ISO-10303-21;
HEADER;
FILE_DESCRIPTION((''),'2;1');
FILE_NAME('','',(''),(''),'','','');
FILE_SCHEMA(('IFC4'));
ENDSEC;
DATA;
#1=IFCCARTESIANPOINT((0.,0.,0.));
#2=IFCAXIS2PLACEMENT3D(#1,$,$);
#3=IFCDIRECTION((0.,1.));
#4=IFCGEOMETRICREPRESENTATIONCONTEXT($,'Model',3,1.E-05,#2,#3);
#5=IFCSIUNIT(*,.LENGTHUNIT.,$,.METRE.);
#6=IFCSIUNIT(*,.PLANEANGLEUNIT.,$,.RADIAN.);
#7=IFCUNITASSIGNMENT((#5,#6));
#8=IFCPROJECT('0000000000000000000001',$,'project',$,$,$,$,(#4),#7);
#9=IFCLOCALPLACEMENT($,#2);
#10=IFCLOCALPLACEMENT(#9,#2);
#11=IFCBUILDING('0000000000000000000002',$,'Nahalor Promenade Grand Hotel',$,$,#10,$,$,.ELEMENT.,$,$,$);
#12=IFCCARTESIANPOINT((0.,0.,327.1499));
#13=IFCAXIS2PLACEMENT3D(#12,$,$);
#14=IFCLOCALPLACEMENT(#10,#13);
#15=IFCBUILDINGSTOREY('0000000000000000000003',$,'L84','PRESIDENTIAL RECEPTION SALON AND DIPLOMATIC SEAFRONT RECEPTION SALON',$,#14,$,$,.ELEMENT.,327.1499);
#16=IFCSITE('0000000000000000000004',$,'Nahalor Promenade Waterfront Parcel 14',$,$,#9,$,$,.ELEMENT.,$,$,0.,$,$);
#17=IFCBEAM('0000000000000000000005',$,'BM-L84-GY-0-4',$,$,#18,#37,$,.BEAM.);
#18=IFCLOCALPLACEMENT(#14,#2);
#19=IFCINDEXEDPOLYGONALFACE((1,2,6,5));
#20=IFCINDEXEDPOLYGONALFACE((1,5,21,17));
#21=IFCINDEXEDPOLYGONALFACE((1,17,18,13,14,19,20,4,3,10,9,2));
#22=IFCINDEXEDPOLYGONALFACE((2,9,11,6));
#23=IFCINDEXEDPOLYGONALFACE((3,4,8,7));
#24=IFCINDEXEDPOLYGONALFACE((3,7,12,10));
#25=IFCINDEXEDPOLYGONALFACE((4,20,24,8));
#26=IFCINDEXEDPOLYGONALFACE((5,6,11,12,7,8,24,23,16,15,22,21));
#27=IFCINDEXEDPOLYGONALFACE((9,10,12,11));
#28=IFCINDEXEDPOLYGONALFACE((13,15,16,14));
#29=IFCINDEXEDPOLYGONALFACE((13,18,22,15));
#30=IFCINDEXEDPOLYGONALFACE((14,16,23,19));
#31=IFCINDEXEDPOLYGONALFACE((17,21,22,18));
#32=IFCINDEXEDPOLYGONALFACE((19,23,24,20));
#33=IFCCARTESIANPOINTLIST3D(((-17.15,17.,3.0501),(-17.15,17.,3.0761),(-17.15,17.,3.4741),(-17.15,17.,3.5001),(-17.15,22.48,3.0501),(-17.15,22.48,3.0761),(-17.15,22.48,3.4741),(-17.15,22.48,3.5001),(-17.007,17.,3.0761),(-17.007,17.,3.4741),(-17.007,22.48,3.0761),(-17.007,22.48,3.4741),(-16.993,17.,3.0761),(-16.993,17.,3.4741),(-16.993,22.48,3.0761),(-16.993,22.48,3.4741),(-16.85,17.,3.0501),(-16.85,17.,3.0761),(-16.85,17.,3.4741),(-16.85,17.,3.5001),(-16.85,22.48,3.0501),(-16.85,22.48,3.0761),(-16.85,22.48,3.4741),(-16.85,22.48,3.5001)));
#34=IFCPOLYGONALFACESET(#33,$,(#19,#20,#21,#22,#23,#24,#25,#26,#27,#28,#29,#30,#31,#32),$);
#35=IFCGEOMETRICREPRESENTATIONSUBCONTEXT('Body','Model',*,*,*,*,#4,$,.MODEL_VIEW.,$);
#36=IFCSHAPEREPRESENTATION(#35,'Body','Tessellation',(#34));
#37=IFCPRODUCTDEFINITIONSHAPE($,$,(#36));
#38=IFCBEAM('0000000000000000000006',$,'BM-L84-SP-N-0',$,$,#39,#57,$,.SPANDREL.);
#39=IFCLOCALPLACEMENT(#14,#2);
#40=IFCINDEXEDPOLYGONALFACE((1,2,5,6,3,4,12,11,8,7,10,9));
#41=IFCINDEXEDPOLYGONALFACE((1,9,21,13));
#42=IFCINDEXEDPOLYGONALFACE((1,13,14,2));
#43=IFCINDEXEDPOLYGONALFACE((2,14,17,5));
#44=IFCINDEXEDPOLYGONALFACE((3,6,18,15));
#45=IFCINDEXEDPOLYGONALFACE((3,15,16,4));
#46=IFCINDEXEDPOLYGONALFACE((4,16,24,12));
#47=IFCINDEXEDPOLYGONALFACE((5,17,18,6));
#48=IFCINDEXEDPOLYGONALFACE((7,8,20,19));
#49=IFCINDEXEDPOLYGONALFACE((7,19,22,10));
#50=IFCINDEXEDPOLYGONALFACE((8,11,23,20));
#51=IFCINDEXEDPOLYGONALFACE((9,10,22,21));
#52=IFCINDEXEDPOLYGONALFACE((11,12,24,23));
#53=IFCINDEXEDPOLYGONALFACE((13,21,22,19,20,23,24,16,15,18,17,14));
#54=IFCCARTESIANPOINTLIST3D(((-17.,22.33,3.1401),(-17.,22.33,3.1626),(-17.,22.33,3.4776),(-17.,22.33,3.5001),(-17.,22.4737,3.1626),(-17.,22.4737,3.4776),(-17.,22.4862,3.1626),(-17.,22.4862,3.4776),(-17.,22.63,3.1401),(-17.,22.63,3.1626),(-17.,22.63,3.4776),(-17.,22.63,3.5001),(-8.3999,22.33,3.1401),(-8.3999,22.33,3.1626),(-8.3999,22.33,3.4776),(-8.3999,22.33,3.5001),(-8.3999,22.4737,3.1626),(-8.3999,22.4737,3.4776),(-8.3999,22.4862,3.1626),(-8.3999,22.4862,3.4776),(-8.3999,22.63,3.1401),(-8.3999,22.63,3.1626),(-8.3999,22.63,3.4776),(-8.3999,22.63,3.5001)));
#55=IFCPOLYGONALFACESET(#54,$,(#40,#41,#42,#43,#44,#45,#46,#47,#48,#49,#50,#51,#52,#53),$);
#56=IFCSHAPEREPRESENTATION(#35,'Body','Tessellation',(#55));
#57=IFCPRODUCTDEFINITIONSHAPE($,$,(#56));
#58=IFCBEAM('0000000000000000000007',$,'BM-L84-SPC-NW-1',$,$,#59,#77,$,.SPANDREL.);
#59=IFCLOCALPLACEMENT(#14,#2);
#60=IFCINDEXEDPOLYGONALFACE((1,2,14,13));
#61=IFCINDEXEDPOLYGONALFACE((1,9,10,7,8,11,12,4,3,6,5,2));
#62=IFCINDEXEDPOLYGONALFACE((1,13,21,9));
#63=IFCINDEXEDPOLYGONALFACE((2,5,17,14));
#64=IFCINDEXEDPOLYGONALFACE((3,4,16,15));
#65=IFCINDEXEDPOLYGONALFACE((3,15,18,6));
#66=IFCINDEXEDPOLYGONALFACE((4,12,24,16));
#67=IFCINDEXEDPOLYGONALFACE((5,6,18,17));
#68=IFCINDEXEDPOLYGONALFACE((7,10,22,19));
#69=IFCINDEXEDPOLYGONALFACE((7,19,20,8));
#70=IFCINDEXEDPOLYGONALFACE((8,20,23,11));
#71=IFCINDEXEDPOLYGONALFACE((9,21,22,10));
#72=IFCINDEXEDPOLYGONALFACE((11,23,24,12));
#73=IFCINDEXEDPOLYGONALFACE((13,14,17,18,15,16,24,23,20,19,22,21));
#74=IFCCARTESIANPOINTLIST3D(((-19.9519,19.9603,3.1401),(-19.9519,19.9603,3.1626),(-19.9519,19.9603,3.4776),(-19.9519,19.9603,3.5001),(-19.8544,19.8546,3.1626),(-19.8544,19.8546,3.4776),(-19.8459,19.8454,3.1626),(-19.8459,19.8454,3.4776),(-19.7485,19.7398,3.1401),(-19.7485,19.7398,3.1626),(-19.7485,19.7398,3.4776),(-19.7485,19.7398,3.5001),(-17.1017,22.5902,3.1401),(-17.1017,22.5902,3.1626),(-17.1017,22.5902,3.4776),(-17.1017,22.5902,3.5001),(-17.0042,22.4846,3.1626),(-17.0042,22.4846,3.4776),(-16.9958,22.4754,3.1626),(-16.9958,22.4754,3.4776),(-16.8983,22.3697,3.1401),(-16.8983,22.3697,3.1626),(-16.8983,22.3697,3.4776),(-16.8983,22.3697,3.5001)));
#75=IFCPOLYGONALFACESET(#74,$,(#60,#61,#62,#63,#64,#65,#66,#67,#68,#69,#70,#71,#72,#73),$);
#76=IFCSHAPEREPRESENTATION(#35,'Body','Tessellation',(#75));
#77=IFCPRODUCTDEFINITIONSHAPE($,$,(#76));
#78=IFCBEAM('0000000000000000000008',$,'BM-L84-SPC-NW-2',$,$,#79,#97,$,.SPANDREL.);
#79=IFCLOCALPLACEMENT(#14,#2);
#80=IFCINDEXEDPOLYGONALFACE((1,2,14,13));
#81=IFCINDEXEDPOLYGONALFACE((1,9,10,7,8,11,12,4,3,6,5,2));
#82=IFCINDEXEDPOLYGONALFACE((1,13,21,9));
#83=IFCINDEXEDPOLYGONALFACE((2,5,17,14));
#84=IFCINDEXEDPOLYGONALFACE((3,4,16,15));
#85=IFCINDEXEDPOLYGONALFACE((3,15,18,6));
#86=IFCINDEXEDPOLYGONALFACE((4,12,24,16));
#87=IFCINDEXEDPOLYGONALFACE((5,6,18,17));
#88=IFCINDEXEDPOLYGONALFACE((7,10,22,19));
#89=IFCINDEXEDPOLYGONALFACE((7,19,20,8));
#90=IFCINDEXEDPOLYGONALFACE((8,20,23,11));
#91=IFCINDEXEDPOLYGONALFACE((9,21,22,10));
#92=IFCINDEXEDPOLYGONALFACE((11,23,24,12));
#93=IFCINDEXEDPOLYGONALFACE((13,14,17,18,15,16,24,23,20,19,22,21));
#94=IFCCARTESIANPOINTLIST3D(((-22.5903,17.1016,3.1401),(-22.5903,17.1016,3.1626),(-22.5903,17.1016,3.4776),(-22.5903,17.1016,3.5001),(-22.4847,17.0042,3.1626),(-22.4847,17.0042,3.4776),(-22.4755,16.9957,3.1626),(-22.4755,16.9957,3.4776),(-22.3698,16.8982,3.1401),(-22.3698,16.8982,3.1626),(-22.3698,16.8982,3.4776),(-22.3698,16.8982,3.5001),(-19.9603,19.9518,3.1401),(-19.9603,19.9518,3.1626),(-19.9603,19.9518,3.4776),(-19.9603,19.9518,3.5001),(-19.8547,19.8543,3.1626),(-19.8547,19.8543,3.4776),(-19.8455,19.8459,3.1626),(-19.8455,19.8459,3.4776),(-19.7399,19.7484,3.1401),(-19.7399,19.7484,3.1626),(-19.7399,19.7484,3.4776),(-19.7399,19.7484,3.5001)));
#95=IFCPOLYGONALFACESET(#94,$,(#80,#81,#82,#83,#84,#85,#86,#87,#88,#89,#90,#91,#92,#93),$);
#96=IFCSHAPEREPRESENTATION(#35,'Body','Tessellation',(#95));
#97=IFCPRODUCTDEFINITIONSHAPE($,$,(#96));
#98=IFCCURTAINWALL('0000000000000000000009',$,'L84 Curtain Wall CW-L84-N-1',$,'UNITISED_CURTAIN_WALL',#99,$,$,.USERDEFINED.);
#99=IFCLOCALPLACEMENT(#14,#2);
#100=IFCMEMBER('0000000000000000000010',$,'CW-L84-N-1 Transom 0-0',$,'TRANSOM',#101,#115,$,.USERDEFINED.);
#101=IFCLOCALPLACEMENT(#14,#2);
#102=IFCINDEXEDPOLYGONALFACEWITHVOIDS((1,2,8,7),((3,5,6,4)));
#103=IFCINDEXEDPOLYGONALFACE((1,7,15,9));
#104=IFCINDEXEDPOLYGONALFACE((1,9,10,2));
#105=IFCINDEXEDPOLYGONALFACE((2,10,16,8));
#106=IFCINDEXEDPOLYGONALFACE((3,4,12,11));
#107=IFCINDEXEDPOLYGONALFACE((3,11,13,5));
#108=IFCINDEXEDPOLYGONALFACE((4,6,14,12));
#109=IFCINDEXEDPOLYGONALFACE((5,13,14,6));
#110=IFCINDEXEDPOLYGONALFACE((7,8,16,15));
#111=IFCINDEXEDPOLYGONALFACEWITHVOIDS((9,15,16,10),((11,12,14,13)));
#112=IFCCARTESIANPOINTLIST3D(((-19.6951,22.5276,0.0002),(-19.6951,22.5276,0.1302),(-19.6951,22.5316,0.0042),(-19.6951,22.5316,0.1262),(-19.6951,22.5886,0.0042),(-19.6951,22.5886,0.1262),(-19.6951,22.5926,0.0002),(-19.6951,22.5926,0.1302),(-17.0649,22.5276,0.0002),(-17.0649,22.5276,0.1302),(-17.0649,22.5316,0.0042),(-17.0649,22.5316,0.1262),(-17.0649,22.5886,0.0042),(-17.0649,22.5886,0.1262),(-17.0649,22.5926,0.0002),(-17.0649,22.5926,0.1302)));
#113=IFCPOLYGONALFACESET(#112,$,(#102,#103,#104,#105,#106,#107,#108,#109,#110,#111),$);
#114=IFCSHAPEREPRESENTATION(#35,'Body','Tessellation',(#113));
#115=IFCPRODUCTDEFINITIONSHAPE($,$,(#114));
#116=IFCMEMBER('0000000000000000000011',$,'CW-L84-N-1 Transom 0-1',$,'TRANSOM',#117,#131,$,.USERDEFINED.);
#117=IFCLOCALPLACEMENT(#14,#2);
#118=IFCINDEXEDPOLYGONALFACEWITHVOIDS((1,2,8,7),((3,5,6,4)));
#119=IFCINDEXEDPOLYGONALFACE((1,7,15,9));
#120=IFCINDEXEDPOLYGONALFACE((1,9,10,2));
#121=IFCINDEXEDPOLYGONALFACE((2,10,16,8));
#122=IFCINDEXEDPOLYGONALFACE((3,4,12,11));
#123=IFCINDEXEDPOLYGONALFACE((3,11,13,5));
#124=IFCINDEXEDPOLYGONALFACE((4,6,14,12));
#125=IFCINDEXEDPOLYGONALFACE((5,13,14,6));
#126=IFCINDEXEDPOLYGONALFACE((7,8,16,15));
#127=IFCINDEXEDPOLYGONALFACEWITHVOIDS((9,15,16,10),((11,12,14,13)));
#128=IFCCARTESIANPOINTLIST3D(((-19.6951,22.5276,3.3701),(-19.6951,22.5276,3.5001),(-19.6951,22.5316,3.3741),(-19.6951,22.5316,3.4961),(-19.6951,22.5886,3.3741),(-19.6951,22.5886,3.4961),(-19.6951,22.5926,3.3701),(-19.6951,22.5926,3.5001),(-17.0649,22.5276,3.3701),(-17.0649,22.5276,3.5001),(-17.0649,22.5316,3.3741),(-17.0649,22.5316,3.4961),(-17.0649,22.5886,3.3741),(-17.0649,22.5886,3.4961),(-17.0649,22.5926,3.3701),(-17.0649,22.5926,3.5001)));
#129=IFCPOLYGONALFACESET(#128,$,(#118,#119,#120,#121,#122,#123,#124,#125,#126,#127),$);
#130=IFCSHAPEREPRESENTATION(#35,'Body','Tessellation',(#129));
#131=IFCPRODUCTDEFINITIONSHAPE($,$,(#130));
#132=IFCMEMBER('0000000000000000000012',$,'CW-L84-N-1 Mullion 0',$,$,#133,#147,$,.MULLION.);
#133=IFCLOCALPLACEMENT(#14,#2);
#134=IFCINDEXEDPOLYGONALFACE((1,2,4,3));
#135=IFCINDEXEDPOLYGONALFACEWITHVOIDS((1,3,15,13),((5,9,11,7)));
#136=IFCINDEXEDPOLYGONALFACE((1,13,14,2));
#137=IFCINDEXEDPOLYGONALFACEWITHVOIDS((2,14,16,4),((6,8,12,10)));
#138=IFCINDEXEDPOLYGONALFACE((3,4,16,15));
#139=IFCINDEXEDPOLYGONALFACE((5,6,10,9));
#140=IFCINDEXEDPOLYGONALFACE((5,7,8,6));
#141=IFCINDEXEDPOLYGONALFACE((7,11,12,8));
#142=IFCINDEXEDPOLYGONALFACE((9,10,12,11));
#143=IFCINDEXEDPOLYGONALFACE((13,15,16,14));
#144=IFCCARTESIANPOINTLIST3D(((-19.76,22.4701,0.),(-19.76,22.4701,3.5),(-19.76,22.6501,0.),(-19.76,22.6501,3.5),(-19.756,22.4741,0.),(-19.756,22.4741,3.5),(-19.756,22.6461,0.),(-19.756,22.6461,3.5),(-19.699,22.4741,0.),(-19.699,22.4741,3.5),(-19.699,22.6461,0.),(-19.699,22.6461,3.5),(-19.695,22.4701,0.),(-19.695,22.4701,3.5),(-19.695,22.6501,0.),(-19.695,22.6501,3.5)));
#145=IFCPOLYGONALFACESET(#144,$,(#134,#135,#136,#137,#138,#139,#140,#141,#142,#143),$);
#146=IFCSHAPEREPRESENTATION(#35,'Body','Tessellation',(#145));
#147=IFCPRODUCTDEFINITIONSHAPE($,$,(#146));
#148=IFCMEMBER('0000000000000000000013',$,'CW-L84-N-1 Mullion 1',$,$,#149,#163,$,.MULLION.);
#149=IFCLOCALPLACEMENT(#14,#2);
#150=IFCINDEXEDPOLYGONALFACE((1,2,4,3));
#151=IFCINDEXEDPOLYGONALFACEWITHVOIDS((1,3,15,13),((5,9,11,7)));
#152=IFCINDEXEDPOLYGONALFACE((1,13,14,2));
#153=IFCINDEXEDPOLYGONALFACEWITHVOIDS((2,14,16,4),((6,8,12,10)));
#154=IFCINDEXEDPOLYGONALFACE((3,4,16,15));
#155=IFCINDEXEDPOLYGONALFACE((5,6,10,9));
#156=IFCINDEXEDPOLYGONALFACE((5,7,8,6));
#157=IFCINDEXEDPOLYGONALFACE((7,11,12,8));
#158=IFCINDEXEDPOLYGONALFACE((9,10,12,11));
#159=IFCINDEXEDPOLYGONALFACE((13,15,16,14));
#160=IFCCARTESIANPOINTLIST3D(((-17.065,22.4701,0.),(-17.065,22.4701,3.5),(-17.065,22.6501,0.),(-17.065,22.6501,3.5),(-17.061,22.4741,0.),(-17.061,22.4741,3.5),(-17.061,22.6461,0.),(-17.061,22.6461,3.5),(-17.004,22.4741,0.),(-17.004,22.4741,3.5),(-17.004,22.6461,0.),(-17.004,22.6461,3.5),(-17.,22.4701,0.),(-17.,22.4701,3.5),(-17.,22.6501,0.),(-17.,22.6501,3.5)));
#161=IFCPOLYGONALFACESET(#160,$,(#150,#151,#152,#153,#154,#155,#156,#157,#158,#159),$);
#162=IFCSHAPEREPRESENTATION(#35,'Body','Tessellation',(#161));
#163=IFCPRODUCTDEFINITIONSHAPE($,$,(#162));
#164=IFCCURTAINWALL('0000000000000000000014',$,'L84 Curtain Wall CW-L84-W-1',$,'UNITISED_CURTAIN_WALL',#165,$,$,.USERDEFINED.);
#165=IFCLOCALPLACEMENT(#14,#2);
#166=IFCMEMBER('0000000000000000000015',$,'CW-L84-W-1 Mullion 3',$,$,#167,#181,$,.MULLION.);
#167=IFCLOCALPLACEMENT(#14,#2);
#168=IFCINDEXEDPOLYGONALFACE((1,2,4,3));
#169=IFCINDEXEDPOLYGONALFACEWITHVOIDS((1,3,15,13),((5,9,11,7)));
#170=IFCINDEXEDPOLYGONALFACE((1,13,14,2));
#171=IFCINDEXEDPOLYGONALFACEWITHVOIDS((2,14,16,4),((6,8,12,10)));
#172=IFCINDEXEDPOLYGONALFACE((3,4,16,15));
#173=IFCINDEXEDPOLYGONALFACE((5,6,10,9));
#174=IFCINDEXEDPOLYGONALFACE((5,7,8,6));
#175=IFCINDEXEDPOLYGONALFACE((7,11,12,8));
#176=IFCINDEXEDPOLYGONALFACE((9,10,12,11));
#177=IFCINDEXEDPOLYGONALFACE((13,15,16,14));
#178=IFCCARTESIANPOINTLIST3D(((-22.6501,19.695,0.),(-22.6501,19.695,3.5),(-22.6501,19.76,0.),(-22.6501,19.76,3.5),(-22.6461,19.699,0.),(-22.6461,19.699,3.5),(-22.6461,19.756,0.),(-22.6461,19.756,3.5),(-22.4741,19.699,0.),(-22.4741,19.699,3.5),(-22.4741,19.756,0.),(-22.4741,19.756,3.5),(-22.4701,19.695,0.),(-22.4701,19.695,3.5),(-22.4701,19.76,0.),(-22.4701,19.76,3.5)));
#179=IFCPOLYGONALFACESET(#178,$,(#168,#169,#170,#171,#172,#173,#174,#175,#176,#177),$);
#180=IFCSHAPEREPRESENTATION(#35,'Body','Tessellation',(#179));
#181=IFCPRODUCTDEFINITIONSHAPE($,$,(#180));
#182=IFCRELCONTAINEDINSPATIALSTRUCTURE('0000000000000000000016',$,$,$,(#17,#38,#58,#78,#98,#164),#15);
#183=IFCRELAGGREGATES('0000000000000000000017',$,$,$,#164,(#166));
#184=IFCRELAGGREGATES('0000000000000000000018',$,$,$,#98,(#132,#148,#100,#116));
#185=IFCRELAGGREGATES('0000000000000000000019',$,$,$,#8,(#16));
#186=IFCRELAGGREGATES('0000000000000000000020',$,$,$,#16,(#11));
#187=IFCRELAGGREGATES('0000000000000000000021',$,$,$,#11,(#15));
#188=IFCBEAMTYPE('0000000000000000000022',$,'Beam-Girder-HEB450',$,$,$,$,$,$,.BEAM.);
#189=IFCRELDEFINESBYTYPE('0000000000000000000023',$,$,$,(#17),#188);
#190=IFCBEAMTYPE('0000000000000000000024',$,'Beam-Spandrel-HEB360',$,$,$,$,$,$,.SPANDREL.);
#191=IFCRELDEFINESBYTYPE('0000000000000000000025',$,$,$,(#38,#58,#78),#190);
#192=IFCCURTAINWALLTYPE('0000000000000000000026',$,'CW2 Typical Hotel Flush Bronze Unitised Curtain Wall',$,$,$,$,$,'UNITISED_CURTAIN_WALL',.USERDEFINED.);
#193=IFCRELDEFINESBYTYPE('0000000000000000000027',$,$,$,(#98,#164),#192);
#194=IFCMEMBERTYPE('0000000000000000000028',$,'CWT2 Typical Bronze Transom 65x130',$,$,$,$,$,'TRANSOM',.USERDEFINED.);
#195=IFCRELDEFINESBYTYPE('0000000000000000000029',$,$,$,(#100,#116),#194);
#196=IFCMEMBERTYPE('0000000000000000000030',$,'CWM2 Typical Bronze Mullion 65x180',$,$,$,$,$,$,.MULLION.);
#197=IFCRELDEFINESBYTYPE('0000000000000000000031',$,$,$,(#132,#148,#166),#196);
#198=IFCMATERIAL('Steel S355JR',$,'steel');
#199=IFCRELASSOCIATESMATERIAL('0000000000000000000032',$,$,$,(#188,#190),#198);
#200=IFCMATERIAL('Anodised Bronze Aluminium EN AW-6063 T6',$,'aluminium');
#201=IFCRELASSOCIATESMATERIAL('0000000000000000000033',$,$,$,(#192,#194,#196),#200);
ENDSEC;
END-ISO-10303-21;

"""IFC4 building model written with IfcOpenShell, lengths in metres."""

from ifc_helpers import new_model, si_unit, direction, frame, origin, origin_2d, place, context, subcontext, project, spatial, hollow_rectangle, i_section, extrude, source, transform, mapped, material, material_profile, profile_set, type_object, element, aggregate, save


model = new_model("IFC4")

# Units and contexts
model_context = context("Model", 3, precision=1e-05, world=origin(), true_north=direction((0.0, 1.0)))
body_context = subcontext(model_context, "Body", "Model", "MODEL_VIEW")
ifc_project = project(units=[si_unit("LENGTHUNIT", "METRE"), si_unit("PLANEANGLEUNIT", "RADIAN")], contexts=[model_context])

# Site, building, storey
site_placement = place(None, origin())
site = spatial("IfcSite", under=ifc_project, at=site_placement, Name="Nahalor Promenade Waterfront Parcel 14", CompositionType="ELEMENT", RefElevation=0.0)
building_placement = place(site_placement, origin())
building = spatial("IfcBuilding", under=site, at=building_placement, Name="Nahalor Promenade Grand Hotel", CompositionType="ELEMENT")
storey_placement = place(building_placement, frame((0.0, 0.0, 327.1499)))
storey = spatial("IfcBuildingStorey", under=building, at=storey_placement, Name="L84", Description="PRESIDENTIAL RECEPTION SALON AND DIPLOMATIC SEAFRONT RECEPTION SALON", CompositionType="ELEMENT", Elevation=327.1499)

# Shared definitions
ifc_material_1 = material(Name="Steel S355JR", Category="steel")

# Beams
ifc_material_profile_1 = material_profile(ifc_material_1, i_section(OverallWidth=0.3, OverallDepth=0.45, WebThickness=0.014, FlangeThickness=0.026, at=origin_2d()), Name="HEB 450")
ifc_profile_set_1 = profile_set([ifc_material_profile_1], Name="Steel S355JR")
beam_type_1 = type_object("IfcBeamType", Name="Beam-Girder-HEB450", PredefinedType="BEAM", material=ifc_profile_set_1)
shared_shape_1 = source(origin(), body_context, "Body", "SweptSolid", [
    extrude(i_section(OverallWidth=0.3, OverallDepth=0.45, WebThickness=0.014, FlangeThickness=0.026, at=origin_2d()), origin(), (0.0, 0.0, 1.0), 5.48),
])
for number, where, z_axis, x_axis, name in (
    (1, (-17.0, 17.0, 3.2751), (0.0, 1.0, 0.0), (-1.0, 0.0, 0.0), "BM-L84-GY-0-4"),
):
    element("IfcBeam", number, at=place(storey_placement, frame(where, z_axis=z_axis, x_axis=x_axis)), inside=storey, type_object=beam_type_1, Name=name, PredefinedType="BEAM", context=body_context, shape_type="MappedRepresentation", body=[
        mapped(shared_shape_1, transform((0.0, 0.0, 0.0), scale=1.0)),
    ])
ifc_material_profile_2 = material_profile(ifc_material_1, i_section(OverallWidth=0.3, OverallDepth=0.36, WebThickness=0.0125, FlangeThickness=0.0225, at=origin_2d()), Name="HEB 360")
ifc_profile_set_2 = profile_set([ifc_material_profile_2], Name="Steel S355JR")
beam_type_2 = type_object("IfcBeamType", Name="Beam-Spandrel-HEB360", PredefinedType="SPANDREL", material=ifc_profile_set_2)
shared_shape_2 = source(origin(), body_context, "Body", "SweptSolid", [
    extrude(i_section(OverallWidth=0.3, OverallDepth=0.36, WebThickness=0.0125, FlangeThickness=0.0225, at=origin_2d()), origin(), (0.0, 0.0, 1.0), 8.6001),
])
beam_1_placement = place(storey_placement, frame((-17.0, 22.48, 3.3201), z_axis=(1.0, 0.0, 0.0), x_axis=(0.0, 1.0, 0.0)))
element("IfcBeam", 2, at=beam_1_placement, inside=storey, type_object=beam_type_2, Name="BM-L84-SP-N-0", PredefinedType="SPANDREL", context=body_context, shape_type="MappedRepresentation", body=[
    mapped(shared_shape_2, transform((0.0, 0.0, 0.0), scale=1.0)),
])
shared_shape_3 = source(origin(), body_context, "Body", "SweptSolid", [
    extrude(i_section(OverallWidth=0.3, OverallDepth=0.36, WebThickness=0.0125, FlangeThickness=0.0225, at=origin_2d()), origin(), (0.0, 0.0, 1.0), 3.8782),
])
for number, where, z_axis, x_axis, name in (
    (3, (-17.0, 22.48, 3.3201), (-0.734929, -0.678144, 0.0), (0.678144, -0.734929, 0.0), "BM-L84-SPC-NW-1"),
    (4, (-19.8501, 19.8501, 3.3201), (-0.678144, -0.734929, 0.0), (0.734929, -0.678144, 0.0), "BM-L84-SPC-NW-2"),
):
    element("IfcBeam", number, at=place(storey_placement, frame(where, z_axis=z_axis, x_axis=x_axis)), inside=storey, type_object=beam_type_2, Name=name, PredefinedType="SPANDREL", context=body_context, shape_type="MappedRepresentation", body=[
        mapped(shared_shape_3, transform((0.0, 0.0, 0.0), scale=1.0)),
    ])

# Curtain wall, members
ifc_material_2 = material(Name="Anodised Bronze Aluminium EN AW-6063 T6", Category="aluminium")
curtain_wall_type = type_object("IfcCurtainWallType", Name="CW2 Typical Hotel Flush Bronze Unitised Curtain Wall", ElementType="UNITISED_CURTAIN_WALL", PredefinedType="USERDEFINED", material=ifc_material_2)
curtain_wall_1_placement = place(storey_placement, origin())
curtain_wall_1 = element("IfcCurtainWall", 5, at=curtain_wall_1_placement, inside=storey, type_object=curtain_wall_type, Name="L84 Curtain Wall CW-L84-N-1", ObjectType="UNITISED_CURTAIN_WALL", PredefinedType="USERDEFINED")
ifc_material_profile_3 = material_profile(ifc_material_2, hollow_rectangle(XDim=0.065, YDim=0.13, WallThickness=0.004, at=origin_2d()), Name="CWT 65x130x4")
ifc_profile_set_3 = profile_set([ifc_material_profile_3], Name="Anodised Bronze Aluminium EN AW-6063 T6")
member_type_1 = type_object("IfcMemberType", Name="CWT2 Typical Bronze Transom 65x130", ElementType="TRANSOM", PredefinedType="USERDEFINED", material=ifc_profile_set_3)
shared_shape_4 = source(origin(), body_context, "Body", "SweptSolid", [
    extrude(hollow_rectangle(XDim=0.065, YDim=0.13, WallThickness=0.004, at=origin_2d()), origin(), (0.0, 0.0, 1.0), 2.6301),
])
member_1_placement = place(storey_placement, frame((-19.6951, 22.5601, 0.0652), z_axis=(1.0, 0.0, 0.0), x_axis=(0.0, 1.0, 0.0)))
member_1 = element("IfcMember", 6, at=member_1_placement, type_object=member_type_1, Name="CW-L84-N-1 Transom 0-0", ObjectType="TRANSOM", PredefinedType="USERDEFINED", context=body_context, shape_type="MappedRepresentation", body=[
    mapped(shared_shape_4, transform((0.0, 0.0, 0.0), scale=1.0)),
])
member_2_placement = place(storey_placement, frame((-19.6951, 22.5601, 3.4351), z_axis=(1.0, 0.0, 0.0), x_axis=(0.0, 1.0, 0.0)))
member_2 = element("IfcMember", 7, at=member_2_placement, type_object=member_type_1, Name="CW-L84-N-1 Transom 0-1", ObjectType="TRANSOM", PredefinedType="USERDEFINED", context=body_context, shape_type="MappedRepresentation", body=[
    mapped(shared_shape_4, transform((0.0, 0.0, 0.0), scale=1.0)),
])
ifc_material_profile_4 = material_profile(ifc_material_2, hollow_rectangle(XDim=0.065, YDim=0.18, WallThickness=0.004, at=origin_2d()), Name="CWM 65x180x4")
ifc_profile_set_4 = profile_set([ifc_material_profile_4], Name="Anodised Bronze Aluminium EN AW-6063 T6")
member_type_2 = type_object("IfcMemberType", Name="CWM2 Typical Bronze Mullion 65x180", PredefinedType="MULLION", material=ifc_profile_set_4)
shared_shape_5 = source(origin(), body_context, "Body", "SweptSolid", [
    extrude(hollow_rectangle(XDim=0.065, YDim=0.18, WallThickness=0.004, at=origin_2d()), origin(), (0.0, 0.0, 1.0), 3.5),
])
member_3_placement = place(storey_placement, frame((-19.7275, 22.5601, 0.0), z_axis=(0.0, 0.0, 1.0), x_axis=(1.0, 0.0, 0.0)))
member_3 = element("IfcMember", 8, at=member_3_placement, type_object=member_type_2, Name="CW-L84-N-1 Mullion 0", PredefinedType="MULLION", context=body_context, shape_type="MappedRepresentation", body=[
    mapped(shared_shape_5, transform((0.0, 0.0, 0.0), scale=1.0)),
])
member_4_placement = place(storey_placement, frame((-17.0325, 22.5601, 0.0), z_axis=(0.0, 0.0, 1.0), x_axis=(1.0, 0.0, 0.0)))
member_4 = element("IfcMember", 9, at=member_4_placement, type_object=member_type_2, Name="CW-L84-N-1 Mullion 1", PredefinedType="MULLION", context=body_context, shape_type="MappedRepresentation", body=[
    mapped(shared_shape_5, transform((0.0, 0.0, 0.0), scale=1.0)),
])

# Curtain wall, member
curtain_wall_2_placement = place(storey_placement, origin())
curtain_wall_2 = element("IfcCurtainWall", 10, at=curtain_wall_2_placement, inside=storey, type_object=curtain_wall_type, Name="L84 Curtain Wall CW-L84-W-1", ObjectType="UNITISED_CURTAIN_WALL", PredefinedType="USERDEFINED")
member_5_placement = place(storey_placement, frame((-22.5601, 19.7275, 0.0), z_axis=(0.0, 0.0, 1.0), x_axis=(0.0, 1.0, 0.0)))
member_5 = element("IfcMember", 11, at=member_5_placement, type_object=member_type_2, Name="CW-L84-W-1 Mullion 3", PredefinedType="MULLION", context=body_context, shape_type="MappedRepresentation", body=[
    mapped(shared_shape_5, transform((0.0, 0.0, 0.0), scale=1.0)),
])
aggregate(curtain_wall_2, [member_5])

aggregate(curtain_wall_1, [member_3, member_4, member_1, member_2])

save(model, "model.ifc")
